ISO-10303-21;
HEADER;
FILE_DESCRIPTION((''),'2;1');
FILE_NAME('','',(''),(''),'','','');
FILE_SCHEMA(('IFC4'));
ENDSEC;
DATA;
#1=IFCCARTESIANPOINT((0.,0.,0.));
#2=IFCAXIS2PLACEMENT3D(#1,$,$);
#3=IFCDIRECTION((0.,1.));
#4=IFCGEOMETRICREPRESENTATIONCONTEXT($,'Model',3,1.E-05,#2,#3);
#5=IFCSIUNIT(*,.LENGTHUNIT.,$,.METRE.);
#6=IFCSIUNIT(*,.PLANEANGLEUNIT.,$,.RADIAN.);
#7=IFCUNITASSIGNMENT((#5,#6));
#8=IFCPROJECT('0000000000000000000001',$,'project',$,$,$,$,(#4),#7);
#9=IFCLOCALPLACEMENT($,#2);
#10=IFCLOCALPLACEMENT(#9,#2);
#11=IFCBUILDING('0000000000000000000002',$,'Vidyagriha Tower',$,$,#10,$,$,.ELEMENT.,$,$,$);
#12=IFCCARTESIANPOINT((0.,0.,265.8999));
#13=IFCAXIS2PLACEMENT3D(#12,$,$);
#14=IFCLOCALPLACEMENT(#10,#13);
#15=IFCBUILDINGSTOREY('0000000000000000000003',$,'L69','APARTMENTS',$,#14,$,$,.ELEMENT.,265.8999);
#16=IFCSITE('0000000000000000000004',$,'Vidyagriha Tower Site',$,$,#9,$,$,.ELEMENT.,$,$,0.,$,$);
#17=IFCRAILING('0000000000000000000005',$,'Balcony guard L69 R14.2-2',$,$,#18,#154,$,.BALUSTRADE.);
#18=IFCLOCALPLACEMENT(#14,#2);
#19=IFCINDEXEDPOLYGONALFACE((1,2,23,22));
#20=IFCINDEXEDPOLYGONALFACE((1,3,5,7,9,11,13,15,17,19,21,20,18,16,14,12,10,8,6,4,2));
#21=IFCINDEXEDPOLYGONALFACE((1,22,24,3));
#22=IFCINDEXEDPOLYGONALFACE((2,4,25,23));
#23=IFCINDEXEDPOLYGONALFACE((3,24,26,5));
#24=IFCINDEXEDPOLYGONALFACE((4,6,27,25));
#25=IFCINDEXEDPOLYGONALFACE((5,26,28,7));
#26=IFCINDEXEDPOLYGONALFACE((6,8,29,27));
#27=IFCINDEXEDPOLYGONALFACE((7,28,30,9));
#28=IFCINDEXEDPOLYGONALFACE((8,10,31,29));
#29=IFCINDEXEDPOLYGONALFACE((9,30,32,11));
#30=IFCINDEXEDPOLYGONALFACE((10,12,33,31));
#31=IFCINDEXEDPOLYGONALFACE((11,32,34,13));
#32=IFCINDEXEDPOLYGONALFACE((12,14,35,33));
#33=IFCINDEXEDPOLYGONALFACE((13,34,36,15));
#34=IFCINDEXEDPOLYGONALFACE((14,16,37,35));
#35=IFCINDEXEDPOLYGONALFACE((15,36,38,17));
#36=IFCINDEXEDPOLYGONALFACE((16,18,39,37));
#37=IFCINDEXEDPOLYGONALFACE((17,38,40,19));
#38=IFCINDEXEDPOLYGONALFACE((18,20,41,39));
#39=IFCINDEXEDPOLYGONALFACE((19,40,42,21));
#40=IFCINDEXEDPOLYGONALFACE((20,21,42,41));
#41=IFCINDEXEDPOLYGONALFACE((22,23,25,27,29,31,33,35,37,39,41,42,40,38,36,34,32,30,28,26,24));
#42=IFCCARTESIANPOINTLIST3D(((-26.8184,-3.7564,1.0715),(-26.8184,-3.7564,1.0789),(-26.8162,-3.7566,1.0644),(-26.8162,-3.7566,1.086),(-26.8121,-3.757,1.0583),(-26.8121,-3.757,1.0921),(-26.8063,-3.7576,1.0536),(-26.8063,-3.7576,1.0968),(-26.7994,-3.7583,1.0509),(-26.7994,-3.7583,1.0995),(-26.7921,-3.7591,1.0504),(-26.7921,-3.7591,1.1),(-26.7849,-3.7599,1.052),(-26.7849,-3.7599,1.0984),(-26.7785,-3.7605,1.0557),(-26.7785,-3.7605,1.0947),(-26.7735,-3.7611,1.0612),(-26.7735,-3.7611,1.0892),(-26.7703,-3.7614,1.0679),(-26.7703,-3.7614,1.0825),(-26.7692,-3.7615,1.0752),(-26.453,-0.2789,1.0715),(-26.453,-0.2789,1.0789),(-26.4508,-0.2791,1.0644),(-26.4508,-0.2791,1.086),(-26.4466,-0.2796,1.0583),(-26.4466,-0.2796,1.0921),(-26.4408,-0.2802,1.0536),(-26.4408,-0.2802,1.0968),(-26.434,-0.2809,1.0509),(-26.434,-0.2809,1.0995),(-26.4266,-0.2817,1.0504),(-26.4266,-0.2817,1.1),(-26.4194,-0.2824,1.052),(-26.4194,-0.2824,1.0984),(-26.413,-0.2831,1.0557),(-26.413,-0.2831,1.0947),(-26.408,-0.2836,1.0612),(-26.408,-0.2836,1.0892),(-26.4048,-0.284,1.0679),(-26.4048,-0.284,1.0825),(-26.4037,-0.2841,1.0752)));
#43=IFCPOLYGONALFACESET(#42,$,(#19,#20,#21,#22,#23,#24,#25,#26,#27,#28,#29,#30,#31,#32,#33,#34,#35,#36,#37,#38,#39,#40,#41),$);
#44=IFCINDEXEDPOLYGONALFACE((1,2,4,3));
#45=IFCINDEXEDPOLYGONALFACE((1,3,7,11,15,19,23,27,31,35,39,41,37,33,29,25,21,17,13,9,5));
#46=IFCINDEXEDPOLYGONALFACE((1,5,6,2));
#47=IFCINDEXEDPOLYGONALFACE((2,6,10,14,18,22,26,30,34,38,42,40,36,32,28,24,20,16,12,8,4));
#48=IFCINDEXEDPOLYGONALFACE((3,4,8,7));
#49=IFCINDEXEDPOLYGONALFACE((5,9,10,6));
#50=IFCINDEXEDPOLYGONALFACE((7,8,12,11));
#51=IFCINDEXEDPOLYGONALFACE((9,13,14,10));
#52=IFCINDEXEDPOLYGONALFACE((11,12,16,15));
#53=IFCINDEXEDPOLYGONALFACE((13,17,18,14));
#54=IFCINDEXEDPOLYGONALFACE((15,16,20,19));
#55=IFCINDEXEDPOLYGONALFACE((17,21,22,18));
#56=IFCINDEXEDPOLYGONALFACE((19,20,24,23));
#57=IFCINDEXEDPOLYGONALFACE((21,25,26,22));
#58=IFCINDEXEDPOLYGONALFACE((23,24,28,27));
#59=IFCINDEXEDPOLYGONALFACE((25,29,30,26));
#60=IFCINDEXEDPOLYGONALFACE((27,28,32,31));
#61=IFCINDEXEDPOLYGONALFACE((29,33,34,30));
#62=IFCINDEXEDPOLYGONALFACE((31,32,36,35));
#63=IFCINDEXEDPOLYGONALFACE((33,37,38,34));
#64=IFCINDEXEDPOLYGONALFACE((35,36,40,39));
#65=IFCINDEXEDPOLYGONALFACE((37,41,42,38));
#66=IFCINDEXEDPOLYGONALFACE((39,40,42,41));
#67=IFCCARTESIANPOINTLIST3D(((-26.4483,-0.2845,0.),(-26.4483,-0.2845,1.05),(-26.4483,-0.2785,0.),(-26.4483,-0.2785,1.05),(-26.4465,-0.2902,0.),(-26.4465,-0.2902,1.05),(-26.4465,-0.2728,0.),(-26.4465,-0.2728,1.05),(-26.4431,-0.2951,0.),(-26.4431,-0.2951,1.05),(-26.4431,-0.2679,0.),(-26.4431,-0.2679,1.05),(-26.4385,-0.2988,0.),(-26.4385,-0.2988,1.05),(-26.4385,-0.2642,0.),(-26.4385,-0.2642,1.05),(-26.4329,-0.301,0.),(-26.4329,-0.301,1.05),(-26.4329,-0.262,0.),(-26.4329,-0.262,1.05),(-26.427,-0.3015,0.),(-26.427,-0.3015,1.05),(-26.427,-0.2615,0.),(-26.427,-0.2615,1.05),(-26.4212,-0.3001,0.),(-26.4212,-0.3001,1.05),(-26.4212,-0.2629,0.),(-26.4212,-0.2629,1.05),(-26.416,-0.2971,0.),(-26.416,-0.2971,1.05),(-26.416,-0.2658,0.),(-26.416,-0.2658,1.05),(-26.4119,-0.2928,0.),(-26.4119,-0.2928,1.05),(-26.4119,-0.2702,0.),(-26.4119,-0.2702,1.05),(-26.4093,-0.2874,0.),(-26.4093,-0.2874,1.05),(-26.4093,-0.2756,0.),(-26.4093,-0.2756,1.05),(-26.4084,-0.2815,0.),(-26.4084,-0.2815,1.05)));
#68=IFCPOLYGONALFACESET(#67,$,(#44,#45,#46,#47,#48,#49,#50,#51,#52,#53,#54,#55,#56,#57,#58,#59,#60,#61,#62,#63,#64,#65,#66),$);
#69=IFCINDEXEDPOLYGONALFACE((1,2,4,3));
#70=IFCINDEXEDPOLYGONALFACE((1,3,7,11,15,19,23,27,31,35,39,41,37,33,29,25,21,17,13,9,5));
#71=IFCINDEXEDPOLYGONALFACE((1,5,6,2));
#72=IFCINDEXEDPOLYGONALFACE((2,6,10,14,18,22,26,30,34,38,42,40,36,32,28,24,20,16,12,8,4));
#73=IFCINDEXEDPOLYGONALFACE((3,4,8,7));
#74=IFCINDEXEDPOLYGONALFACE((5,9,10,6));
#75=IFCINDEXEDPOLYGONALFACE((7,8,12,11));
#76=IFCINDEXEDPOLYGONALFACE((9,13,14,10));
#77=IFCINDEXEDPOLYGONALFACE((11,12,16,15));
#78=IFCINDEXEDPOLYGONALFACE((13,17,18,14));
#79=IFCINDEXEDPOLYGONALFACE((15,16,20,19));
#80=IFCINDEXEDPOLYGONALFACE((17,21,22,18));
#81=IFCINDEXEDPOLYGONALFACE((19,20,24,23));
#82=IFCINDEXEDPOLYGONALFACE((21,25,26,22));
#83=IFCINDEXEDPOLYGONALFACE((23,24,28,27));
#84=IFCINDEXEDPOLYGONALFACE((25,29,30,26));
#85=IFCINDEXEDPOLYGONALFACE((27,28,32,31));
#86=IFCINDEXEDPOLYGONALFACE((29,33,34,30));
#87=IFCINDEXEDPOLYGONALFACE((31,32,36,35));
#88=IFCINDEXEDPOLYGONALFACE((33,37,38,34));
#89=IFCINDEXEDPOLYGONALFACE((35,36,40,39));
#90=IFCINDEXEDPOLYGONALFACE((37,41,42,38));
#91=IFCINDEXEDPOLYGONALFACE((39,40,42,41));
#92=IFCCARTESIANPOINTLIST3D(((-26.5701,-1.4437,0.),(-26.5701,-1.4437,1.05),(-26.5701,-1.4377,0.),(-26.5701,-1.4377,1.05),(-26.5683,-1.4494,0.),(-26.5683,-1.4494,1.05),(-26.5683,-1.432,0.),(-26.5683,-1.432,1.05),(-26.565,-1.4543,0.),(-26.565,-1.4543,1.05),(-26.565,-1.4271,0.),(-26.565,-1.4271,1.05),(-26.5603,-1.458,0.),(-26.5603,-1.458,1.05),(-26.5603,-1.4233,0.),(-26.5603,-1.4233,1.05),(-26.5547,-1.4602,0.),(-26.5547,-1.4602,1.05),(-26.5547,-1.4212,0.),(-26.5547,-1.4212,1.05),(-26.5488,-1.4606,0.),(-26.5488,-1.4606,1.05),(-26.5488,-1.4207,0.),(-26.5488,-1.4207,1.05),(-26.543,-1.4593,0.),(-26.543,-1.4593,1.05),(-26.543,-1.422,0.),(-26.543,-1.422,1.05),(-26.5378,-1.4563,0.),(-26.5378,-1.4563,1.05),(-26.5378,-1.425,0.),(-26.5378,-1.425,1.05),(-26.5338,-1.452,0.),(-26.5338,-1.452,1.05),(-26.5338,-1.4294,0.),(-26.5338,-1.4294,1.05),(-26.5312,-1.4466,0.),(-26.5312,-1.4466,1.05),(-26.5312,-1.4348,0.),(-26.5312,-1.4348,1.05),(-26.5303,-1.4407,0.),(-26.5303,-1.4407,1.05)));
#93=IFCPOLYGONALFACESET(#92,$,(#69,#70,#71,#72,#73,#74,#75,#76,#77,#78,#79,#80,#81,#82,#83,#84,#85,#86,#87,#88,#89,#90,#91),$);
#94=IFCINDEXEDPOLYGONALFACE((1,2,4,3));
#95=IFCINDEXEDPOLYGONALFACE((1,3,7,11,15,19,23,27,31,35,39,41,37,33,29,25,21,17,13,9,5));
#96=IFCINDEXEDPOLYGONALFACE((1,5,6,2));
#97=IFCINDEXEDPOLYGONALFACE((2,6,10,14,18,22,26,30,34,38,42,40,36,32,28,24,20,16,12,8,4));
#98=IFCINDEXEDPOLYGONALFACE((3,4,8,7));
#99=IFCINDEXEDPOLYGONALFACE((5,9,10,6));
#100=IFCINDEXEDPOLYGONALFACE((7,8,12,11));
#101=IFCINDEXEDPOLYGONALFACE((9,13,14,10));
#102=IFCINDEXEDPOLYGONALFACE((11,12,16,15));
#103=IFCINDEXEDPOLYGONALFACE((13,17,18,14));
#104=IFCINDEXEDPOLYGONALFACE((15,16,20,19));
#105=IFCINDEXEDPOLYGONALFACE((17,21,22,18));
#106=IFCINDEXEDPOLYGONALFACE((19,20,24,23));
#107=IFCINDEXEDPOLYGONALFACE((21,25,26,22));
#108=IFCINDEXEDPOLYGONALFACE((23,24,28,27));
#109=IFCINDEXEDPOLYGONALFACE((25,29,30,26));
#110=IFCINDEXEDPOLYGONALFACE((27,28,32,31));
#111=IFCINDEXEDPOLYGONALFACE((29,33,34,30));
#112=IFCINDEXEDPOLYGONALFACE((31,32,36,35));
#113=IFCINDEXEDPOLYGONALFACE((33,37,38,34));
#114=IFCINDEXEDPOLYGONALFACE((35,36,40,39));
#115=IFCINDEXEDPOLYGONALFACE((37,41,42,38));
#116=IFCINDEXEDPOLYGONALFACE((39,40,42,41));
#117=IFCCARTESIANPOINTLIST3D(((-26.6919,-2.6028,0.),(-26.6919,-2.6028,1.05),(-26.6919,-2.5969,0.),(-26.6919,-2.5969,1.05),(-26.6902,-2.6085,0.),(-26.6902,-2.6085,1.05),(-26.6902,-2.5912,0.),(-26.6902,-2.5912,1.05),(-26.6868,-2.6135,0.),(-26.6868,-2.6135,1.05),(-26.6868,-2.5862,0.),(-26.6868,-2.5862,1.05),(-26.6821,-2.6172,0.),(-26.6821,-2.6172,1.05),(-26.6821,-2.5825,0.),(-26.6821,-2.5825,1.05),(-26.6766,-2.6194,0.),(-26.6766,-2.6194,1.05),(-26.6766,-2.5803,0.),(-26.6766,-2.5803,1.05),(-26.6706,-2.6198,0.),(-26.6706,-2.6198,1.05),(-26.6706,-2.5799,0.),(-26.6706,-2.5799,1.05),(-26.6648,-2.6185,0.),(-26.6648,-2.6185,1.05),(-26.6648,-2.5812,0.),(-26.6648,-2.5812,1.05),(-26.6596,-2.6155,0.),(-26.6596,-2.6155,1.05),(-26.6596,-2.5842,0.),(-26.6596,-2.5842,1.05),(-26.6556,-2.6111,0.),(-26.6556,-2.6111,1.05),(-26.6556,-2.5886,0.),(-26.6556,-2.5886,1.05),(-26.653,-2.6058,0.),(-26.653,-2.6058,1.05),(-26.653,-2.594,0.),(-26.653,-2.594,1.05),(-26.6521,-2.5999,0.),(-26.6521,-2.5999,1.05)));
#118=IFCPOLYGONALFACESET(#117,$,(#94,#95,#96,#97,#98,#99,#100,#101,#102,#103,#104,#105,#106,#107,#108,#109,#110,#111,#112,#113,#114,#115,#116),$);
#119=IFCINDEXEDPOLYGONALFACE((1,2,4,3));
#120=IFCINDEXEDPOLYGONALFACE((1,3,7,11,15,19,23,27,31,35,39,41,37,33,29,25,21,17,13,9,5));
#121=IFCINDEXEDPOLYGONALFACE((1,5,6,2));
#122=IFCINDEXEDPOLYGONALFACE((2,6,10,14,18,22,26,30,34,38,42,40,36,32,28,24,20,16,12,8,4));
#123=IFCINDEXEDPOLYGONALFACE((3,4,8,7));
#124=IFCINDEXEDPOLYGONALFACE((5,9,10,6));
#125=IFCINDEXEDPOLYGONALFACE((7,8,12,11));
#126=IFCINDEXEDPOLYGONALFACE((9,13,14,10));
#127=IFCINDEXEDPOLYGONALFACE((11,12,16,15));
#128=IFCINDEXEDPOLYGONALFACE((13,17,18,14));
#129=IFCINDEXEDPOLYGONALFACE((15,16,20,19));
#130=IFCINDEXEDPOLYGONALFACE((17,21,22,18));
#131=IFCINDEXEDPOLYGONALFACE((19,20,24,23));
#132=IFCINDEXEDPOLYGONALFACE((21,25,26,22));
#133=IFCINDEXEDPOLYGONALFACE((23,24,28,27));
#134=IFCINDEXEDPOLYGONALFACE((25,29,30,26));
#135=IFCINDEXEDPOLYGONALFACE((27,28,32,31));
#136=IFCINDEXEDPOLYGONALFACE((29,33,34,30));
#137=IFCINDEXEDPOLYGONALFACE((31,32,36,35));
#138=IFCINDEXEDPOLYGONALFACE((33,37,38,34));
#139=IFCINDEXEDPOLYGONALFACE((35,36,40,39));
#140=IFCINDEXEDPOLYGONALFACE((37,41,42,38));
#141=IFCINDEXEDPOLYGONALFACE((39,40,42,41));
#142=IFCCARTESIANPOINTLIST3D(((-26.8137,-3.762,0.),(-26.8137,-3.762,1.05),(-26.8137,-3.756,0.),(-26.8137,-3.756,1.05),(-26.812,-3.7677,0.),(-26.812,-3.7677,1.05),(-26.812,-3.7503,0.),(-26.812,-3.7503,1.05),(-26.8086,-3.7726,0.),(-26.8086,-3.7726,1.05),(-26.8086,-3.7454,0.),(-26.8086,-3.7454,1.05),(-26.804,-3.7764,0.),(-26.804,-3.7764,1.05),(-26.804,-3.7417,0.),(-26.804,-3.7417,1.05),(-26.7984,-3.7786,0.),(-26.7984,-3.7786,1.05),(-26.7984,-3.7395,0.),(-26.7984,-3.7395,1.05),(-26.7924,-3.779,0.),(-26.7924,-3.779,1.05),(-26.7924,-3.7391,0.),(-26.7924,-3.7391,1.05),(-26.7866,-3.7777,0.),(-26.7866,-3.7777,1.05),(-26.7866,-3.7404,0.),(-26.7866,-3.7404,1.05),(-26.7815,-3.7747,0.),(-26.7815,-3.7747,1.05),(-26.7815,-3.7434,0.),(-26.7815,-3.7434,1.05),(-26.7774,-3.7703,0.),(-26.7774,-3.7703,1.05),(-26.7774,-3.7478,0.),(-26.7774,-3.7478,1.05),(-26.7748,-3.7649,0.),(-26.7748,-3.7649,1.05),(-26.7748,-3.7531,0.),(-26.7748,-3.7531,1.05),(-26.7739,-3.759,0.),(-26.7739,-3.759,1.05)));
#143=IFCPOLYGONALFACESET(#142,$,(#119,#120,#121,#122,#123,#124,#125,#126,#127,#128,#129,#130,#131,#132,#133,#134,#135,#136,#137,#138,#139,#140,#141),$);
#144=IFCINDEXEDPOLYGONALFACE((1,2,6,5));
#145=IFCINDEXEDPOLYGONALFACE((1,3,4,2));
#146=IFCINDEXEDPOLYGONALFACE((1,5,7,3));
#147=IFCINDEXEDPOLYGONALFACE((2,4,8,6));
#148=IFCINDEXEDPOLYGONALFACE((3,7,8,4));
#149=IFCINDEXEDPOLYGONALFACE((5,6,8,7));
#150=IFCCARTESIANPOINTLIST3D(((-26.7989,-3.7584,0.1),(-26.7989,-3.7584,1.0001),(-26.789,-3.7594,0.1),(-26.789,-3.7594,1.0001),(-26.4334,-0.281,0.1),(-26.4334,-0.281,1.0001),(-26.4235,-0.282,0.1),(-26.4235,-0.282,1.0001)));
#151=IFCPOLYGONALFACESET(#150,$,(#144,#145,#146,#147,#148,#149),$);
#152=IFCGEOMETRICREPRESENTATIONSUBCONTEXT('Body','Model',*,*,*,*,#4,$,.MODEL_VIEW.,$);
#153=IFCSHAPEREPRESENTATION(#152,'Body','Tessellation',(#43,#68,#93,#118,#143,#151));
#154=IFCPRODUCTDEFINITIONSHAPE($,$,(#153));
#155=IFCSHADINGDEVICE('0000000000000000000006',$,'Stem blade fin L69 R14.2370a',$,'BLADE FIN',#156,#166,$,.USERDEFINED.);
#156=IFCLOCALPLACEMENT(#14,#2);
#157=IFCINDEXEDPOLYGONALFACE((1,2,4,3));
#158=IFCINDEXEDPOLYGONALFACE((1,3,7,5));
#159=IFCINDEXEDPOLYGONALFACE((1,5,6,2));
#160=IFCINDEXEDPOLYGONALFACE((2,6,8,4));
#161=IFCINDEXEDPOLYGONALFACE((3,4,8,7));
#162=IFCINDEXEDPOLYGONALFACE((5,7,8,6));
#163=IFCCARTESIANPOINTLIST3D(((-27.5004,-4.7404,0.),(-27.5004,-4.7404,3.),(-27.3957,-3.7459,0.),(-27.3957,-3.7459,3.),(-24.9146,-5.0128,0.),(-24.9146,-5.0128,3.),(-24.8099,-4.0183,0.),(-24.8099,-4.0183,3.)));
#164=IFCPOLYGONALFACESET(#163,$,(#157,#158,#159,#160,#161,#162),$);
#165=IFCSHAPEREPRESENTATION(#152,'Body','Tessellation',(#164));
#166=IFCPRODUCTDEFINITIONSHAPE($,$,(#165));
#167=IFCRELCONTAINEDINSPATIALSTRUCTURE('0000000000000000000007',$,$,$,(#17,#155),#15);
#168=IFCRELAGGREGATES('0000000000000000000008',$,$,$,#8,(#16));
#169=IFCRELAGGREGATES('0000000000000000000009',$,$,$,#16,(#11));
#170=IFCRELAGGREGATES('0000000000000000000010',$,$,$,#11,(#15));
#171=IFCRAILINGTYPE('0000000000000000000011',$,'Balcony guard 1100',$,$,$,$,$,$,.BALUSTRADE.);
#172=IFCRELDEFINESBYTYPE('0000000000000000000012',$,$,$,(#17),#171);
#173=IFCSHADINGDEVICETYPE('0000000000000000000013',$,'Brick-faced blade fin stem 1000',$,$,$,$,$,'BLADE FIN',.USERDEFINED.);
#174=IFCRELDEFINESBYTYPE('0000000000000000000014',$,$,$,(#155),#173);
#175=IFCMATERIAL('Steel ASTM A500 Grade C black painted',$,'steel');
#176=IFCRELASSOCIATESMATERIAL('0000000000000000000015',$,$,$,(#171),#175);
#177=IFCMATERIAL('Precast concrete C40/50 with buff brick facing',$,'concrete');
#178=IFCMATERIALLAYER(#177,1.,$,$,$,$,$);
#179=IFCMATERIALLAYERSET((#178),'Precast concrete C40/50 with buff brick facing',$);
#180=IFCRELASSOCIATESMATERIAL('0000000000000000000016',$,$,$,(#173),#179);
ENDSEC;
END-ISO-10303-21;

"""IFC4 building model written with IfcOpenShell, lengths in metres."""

from ifc_helpers import new_model, si_unit, direction, frame, origin, origin_2d, place, context, subcontext, project, spatial, polyline, rectangle, circle, outline, extrude, material, layer, layer_set, type_object, element, save


model = new_model("IFC4")

# Units and contexts
model_context = context("Model", 3, precision=1e-05, world=origin(), true_north=direction((0.0, 1.0)))
body_context = subcontext(model_context, "Body", "Model", "MODEL_VIEW")
ifc_project = project(units=[si_unit("LENGTHUNIT", "METRE"), si_unit("PLANEANGLEUNIT", "RADIAN")], contexts=[model_context])

# Site, building, storey
site_placement = place(None, origin())
site = spatial("IfcSite", under=ifc_project, at=site_placement, Name="Vidyagriha Tower Site", CompositionType="ELEMENT", RefElevation=0.0)
building_placement = place(site_placement, origin())
building = spatial("IfcBuilding", under=site, at=building_placement, Name="Vidyagriha Tower", CompositionType="ELEMENT")
storey_placement = place(building_placement, frame((0.0, 0.0, 265.8999)))
storey = spatial("IfcBuildingStorey", under=building, at=storey_placement, Name="L69", Description="APARTMENTS", CompositionType="ELEMENT", Elevation=265.8999)

# Railing
ifc_material_1 = material(Name="Steel ASTM A500 Grade C black painted", Category="steel")
railing_type = type_object("IfcRailingType", Name="Balcony guard 1100", PredefinedType="BALUSTRADE", material=ifc_material_1)
railing_placement = place(storey_placement, frame((-26.4285, -0.2815, 0.0)))
element("IfcRailing", 1, at=railing_placement, inside=storey, type_object=railing_type, Name="Balcony guard L69 R14.2-2", PredefinedType="BALUSTRADE", context=body_context, shape_type="SweptSolid", body=[
    extrude(circle(Radius=0.0249, at=origin_2d()), frame((0.0, 0.0, 1.0752), z_axis=(-0.104521, -0.994523, 0.0), x_axis=(0.994523, -0.104521, 0.0)), (0.0, 0.0, 1.0), 3.4966),
    extrude(circle(Radius=0.02, at=origin_2d()), origin(), (0.0, 0.0, 1.0), 1.05),
    extrude(circle(Radius=0.02, at=origin_2d()), frame((-0.1218, -1.1592, 0.0)), (0.0, 0.0, 1.0), 1.05),
    extrude(circle(Radius=0.02, at=origin_2d()), frame((-0.2437, -2.3184, 0.0)), (0.0, 0.0, 1.0), 1.05),
    extrude(circle(Radius=0.02, at=origin_2d()), frame((-0.3655, -3.4775, 0.0)), (0.0, 0.0, 1.0), 1.05),
    extrude(rectangle(XDim=0.01, YDim=0.9001, at=origin_2d()), frame((0.0, 0.0, 0.55), z_axis=(-0.104521, -0.994523, 0.0), x_axis=(0.994523, -0.104521, 0.0)), (0.0, 0.0, 1.0), 3.4966),
])

# Shading device
ifc_material_2 = material(Name="Precast concrete C40/50 with buff brick facing", Category="concrete")
ifc_layer_1 = layer(ifc_material_2, 1.0)
ifc_layer_set_1 = layer_set([ifc_layer_1], Name="Precast concrete C40/50 with buff brick facing")
shading_device_type = type_object("IfcShadingDeviceType", Name="Brick-faced blade fin stem 1000", ElementType="BLADE FIN", PredefinedType="USERDEFINED", material=ifc_layer_set_1)
shading_device_placement = place(storey_placement, frame((-26.1028, -3.8821, 0.0), z_axis=(0.0, 0.0, 1.0), x_axis=(-0.104748, -0.994499, 0.0)))
element("IfcShadingDevice", 2, at=shading_device_placement, inside=storey, type_object=shading_device_type, Name="Stem blade fin L69 R14.2370a", ObjectType="BLADE FIN", PredefinedType="USERDEFINED", context=body_context, shape_type="SweptSolid", body=[
    extrude(outline(polyline([(0.0, 0.0), (1.0, 0.0), (1.0, 3.0), (0.0, 3.0), (0.0, 0.0)])), frame((0.0, 1.3, 0.0), z_axis=(0.0, -1.0, 0.0), x_axis=(1.0, 0.0, 0.0)), (0.0, 0.0, 1.0), 2.6001),
])

save(model, "model.ifc")
